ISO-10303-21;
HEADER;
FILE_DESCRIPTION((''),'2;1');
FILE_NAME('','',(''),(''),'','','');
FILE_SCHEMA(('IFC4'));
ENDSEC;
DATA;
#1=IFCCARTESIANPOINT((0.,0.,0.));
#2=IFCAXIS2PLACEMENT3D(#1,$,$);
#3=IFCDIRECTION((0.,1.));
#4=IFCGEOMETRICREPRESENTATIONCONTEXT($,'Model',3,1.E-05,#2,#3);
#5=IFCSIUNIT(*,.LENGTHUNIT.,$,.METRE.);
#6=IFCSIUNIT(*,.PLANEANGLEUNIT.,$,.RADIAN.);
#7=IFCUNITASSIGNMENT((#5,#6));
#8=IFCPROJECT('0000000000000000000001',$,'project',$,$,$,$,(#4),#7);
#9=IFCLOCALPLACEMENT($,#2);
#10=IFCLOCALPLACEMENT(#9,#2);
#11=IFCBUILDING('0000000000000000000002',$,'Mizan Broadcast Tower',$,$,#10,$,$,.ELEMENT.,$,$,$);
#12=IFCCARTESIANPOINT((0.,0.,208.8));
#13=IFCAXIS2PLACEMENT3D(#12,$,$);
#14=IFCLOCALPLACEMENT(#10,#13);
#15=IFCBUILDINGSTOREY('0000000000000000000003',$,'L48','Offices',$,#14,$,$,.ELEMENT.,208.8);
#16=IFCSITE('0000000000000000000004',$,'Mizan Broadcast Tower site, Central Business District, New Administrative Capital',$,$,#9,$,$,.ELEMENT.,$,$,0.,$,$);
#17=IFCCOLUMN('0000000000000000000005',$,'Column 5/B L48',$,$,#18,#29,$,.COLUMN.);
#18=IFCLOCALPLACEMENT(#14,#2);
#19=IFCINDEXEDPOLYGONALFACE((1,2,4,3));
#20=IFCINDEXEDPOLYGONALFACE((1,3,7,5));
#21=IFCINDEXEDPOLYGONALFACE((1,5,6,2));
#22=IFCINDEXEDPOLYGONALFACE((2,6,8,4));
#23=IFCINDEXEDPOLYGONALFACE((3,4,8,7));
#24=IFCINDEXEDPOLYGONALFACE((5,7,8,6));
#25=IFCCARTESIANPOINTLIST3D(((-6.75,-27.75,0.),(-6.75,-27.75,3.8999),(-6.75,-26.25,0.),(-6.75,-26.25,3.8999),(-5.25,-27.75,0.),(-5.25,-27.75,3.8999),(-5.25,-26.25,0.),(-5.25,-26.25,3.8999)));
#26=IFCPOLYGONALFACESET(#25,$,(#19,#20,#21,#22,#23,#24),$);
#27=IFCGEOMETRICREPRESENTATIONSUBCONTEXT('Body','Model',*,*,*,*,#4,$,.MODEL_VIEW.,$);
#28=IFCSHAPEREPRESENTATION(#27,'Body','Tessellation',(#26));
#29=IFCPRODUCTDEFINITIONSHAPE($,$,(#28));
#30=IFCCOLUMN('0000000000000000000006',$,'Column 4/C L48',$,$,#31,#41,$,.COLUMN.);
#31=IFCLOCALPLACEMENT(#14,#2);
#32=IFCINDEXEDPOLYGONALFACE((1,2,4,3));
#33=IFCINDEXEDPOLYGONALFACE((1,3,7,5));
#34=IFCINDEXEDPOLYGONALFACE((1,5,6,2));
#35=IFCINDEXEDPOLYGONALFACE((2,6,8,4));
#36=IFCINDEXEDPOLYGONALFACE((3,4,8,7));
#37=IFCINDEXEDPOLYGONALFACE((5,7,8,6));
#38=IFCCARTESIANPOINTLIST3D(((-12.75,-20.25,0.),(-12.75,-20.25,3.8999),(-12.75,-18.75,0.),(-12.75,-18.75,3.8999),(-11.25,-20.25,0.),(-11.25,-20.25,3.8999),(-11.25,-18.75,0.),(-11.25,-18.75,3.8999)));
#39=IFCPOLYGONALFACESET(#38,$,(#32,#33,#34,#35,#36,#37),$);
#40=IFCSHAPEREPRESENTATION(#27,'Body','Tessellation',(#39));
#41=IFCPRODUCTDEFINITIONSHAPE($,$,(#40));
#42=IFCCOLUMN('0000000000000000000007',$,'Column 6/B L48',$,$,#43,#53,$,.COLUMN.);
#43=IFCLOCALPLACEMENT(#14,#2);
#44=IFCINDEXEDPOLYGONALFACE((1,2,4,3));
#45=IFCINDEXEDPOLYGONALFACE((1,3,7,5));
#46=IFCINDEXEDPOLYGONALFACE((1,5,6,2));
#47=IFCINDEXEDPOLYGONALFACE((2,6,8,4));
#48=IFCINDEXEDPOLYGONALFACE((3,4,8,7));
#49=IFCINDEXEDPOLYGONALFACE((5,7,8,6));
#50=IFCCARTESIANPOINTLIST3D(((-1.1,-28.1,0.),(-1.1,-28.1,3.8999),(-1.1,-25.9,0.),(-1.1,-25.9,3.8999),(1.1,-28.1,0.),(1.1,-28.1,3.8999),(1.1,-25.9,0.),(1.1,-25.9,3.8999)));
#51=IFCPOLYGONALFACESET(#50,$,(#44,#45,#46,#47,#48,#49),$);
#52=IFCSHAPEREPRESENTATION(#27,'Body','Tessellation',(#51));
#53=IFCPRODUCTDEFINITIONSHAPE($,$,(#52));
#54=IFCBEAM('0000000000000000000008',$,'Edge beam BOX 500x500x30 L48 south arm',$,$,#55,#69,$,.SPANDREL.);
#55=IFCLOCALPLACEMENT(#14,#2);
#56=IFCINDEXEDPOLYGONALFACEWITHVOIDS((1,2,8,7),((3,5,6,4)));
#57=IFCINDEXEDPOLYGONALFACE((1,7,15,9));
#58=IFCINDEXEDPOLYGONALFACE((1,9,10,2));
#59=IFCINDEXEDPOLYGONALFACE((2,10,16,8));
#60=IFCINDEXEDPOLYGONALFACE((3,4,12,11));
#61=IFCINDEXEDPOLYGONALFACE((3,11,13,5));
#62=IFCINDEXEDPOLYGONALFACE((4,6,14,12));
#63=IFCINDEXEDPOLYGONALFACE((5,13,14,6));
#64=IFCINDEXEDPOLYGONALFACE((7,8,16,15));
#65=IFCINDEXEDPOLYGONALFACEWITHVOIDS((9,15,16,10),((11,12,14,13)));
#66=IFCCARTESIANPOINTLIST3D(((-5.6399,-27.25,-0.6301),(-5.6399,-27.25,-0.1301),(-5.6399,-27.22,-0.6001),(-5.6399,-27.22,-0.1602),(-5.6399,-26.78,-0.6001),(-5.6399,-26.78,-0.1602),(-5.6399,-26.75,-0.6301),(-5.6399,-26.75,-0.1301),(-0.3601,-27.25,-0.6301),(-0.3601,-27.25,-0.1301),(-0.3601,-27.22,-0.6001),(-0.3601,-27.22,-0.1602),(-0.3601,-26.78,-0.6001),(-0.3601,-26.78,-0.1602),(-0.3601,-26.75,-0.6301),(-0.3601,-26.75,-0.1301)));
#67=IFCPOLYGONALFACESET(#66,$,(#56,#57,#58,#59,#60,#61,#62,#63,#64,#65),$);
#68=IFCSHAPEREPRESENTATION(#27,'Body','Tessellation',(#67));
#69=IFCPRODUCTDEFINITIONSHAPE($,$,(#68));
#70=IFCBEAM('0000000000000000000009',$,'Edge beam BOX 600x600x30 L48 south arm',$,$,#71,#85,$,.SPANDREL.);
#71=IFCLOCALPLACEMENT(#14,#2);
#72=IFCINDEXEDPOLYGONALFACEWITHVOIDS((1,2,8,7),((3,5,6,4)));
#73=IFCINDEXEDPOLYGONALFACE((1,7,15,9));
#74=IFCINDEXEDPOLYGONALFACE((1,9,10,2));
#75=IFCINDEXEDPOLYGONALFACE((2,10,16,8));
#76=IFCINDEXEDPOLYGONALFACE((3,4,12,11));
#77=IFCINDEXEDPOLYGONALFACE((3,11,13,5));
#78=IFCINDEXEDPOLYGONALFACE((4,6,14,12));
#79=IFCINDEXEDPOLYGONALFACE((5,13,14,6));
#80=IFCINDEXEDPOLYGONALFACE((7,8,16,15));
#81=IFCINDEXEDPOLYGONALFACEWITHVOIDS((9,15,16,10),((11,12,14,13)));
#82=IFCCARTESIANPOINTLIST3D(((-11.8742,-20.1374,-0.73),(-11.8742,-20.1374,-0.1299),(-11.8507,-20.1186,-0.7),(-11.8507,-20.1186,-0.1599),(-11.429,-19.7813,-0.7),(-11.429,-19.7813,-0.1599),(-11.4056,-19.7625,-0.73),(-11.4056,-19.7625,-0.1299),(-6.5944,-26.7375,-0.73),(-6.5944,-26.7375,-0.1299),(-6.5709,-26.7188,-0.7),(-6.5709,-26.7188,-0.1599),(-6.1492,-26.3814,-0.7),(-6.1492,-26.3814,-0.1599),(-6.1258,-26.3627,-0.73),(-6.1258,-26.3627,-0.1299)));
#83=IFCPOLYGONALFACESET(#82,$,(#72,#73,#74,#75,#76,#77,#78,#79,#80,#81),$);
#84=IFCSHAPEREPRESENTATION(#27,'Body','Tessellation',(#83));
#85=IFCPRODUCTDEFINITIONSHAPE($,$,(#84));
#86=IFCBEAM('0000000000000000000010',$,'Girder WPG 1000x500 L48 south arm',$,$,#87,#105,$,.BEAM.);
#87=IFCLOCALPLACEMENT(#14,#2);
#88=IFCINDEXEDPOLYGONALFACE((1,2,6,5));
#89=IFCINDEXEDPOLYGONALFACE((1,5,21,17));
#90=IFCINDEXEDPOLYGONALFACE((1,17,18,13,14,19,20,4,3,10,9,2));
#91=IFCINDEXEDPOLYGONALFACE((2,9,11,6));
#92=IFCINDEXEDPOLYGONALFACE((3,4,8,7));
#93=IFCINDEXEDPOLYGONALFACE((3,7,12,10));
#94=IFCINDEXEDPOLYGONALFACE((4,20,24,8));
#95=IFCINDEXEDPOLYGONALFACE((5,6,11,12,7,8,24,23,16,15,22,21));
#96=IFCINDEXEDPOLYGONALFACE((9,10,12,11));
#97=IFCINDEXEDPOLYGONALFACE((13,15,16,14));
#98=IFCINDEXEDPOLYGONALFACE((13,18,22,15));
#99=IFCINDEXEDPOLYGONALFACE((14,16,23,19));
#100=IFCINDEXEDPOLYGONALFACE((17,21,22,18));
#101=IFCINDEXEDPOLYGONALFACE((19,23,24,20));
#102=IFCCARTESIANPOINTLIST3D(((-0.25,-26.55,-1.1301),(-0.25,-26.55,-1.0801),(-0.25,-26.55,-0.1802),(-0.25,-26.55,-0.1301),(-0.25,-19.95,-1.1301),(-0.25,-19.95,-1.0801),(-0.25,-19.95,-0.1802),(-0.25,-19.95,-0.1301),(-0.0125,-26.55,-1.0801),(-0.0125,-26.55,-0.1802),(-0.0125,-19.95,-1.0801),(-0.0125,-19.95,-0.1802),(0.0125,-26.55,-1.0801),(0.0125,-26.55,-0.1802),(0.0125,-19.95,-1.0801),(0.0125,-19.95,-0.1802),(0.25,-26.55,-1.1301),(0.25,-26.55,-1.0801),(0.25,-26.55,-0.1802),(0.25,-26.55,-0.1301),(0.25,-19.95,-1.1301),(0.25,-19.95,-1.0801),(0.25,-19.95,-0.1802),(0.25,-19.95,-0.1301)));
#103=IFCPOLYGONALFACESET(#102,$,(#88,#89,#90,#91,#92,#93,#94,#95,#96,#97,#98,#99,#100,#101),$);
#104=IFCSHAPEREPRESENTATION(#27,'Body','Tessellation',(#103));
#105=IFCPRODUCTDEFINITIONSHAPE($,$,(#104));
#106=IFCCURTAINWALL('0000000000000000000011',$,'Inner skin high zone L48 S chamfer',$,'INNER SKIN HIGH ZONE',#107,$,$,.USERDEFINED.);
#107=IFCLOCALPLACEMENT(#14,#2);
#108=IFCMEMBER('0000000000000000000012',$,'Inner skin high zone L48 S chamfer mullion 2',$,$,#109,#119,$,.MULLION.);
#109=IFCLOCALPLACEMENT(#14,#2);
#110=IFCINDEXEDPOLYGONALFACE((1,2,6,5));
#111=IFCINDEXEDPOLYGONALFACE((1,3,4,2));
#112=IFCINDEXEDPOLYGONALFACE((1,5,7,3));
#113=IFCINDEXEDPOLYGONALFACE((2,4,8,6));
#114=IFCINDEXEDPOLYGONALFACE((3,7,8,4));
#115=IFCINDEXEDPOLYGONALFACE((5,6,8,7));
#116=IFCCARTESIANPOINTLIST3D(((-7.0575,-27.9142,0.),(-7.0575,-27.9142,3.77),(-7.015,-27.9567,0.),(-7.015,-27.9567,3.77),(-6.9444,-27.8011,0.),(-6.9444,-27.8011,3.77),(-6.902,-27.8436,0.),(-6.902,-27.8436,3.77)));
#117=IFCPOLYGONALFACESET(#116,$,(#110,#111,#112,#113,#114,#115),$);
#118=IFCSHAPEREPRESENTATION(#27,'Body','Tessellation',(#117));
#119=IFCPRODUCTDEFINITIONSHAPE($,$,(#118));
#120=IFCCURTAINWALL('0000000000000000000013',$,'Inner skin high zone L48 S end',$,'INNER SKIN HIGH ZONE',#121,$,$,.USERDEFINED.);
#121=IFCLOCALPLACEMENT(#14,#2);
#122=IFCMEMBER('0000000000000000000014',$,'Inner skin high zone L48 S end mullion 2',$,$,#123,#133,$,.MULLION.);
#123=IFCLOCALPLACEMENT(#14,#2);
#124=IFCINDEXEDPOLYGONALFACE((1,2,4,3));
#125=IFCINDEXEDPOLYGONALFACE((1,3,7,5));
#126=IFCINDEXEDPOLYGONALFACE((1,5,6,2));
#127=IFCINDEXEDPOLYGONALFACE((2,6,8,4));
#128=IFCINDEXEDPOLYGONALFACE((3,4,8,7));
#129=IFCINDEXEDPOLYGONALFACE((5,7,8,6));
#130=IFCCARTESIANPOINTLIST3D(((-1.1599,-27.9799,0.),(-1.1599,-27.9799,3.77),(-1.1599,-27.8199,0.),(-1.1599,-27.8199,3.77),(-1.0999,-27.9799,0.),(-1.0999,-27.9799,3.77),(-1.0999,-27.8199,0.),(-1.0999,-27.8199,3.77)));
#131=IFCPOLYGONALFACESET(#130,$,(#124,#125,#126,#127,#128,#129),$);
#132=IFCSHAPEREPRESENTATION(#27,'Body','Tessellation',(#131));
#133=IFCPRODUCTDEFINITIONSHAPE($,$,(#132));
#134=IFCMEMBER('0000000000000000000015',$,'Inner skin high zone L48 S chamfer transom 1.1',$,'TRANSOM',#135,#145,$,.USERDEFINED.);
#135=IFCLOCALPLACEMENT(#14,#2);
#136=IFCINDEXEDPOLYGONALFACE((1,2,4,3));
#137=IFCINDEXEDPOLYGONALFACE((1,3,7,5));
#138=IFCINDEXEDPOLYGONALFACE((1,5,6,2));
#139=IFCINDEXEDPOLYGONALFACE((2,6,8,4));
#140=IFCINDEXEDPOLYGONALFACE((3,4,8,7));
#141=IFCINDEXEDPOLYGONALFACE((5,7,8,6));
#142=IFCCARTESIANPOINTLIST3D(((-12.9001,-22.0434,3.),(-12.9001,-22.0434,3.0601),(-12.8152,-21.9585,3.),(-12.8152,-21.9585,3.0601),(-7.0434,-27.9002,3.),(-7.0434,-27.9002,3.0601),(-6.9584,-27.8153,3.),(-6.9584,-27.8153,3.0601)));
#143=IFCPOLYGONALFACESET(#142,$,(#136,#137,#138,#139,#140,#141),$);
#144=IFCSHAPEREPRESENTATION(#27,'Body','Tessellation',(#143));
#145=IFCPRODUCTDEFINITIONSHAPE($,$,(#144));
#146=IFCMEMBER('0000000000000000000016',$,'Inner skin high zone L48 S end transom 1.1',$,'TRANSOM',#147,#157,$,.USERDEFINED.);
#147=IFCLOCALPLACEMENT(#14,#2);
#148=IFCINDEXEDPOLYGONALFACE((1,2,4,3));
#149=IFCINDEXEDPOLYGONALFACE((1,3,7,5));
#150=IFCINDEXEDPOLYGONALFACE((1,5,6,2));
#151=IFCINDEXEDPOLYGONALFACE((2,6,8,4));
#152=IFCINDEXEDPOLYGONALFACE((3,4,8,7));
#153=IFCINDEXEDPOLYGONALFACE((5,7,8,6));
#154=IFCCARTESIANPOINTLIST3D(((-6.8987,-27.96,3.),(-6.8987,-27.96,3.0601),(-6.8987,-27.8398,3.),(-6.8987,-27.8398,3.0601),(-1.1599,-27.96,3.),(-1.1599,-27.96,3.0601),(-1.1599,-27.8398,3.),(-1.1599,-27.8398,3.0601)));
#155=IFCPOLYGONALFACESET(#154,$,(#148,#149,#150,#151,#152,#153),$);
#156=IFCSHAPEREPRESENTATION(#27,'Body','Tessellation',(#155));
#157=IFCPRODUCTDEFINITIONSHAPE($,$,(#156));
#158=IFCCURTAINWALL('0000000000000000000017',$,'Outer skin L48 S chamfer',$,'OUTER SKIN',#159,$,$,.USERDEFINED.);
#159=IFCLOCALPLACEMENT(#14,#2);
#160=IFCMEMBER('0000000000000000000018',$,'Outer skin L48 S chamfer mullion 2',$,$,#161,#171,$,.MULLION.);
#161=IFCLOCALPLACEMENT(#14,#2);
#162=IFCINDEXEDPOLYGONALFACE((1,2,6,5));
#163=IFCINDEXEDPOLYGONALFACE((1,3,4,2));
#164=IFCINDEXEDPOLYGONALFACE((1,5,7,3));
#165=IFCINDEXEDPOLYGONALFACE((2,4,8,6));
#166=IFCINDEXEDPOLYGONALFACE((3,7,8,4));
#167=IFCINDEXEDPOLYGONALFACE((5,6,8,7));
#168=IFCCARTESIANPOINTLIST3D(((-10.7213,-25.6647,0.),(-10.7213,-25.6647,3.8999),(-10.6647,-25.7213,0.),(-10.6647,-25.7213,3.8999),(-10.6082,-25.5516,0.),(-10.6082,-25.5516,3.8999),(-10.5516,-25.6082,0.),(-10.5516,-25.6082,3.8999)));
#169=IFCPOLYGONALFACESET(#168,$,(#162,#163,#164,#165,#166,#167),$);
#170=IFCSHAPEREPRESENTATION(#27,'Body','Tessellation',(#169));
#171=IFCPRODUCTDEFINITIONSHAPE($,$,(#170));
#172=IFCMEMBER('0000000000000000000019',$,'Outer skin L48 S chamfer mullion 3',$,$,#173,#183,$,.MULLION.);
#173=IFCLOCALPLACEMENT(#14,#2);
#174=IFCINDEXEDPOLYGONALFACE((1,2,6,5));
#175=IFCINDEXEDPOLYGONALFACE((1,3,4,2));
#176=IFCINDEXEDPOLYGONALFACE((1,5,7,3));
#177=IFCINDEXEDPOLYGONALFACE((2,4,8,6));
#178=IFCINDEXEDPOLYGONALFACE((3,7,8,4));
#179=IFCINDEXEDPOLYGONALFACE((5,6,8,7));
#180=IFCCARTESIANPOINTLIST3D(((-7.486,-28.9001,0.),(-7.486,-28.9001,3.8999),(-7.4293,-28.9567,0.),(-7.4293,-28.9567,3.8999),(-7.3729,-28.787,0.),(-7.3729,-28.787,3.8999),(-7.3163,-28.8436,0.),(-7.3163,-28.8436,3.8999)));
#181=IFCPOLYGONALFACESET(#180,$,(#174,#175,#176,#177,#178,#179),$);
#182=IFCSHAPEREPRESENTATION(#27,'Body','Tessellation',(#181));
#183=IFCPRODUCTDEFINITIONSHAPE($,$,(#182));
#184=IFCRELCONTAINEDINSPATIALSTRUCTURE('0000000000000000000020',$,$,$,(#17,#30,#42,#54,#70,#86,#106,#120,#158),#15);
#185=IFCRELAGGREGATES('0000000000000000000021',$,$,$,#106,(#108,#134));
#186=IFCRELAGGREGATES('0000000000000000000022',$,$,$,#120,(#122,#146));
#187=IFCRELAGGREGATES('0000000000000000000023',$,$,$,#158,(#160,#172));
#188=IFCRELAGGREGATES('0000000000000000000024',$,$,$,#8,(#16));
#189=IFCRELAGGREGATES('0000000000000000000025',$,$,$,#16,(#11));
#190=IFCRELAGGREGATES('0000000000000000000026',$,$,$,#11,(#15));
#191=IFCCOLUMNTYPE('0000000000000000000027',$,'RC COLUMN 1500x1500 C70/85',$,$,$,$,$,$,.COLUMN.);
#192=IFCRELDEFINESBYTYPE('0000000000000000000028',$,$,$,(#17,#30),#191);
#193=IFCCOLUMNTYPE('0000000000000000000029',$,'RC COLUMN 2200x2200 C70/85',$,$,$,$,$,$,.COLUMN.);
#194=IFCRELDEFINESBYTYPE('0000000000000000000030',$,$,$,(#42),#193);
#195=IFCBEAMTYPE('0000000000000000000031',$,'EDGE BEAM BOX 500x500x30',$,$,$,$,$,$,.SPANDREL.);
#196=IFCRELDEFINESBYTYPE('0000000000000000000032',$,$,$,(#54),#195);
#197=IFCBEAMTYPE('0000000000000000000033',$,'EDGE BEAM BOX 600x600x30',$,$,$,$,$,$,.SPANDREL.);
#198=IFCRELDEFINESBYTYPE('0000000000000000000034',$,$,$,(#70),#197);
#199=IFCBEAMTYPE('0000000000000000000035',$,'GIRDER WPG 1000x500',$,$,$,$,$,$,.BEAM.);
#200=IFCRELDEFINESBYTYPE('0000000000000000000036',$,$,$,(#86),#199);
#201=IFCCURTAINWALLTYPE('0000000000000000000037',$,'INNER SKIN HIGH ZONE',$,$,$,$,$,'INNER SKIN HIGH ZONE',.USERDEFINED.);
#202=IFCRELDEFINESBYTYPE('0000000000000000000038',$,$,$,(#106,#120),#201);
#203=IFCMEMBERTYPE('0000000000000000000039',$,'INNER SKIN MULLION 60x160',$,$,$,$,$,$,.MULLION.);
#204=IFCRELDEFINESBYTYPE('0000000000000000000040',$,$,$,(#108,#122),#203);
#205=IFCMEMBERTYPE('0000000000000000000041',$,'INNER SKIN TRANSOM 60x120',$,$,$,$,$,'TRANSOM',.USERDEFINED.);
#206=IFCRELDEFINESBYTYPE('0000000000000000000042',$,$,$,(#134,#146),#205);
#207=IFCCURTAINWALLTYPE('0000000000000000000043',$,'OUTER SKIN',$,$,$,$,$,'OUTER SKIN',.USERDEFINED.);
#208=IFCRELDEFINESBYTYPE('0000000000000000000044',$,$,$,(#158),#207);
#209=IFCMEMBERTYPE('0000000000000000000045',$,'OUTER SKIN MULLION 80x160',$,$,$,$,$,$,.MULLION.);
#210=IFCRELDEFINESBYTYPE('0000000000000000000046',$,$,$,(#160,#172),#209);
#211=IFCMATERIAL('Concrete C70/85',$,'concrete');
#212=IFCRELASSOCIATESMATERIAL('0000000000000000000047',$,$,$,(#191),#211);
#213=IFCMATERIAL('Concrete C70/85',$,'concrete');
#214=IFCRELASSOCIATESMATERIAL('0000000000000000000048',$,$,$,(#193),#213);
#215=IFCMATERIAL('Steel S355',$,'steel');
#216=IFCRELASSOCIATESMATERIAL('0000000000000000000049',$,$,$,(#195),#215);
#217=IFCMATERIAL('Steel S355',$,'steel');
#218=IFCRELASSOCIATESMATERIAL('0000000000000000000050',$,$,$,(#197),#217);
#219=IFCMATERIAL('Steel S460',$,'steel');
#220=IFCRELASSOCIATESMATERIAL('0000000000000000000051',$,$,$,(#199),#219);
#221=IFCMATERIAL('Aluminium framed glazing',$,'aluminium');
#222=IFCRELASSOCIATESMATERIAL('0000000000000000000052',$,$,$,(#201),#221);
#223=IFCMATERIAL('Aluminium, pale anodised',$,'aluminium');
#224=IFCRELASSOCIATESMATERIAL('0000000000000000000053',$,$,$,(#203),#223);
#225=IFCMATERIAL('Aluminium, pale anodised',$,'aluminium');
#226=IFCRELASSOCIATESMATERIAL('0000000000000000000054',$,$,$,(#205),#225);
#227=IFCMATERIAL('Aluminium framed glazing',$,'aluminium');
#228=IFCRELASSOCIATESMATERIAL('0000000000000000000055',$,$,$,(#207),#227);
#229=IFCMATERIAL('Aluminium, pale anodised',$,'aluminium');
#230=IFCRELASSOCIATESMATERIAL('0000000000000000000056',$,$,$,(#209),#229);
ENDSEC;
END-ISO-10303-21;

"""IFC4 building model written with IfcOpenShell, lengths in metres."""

from ifc_helpers import new_model, si_unit, direction, frame, origin, origin_2d, place, context, subcontext, project, spatial, rectangle, hollow_rectangle, i_section, extrude, material, material_profile, profile_set, type_object, element, aggregate, save


model = new_model("IFC4")

# Units and contexts
model_context = context("Model", 3, precision=1e-05, world=origin(), true_north=direction((0.0, 1.0)))
body_context = subcontext(model_context, "Body", "Model", "MODEL_VIEW")
ifc_project = project(units=[si_unit("LENGTHUNIT", "METRE"), si_unit("PLANEANGLEUNIT", "RADIAN")], contexts=[model_context])

# Site, building, storey
site_placement = place(None, origin())
site = spatial("IfcSite", under=ifc_project, at=site_placement, Name="Mizan Broadcast Tower site, Central Business District, New Administrative Capital", CompositionType="ELEMENT", RefElevation=0.0)
building_placement = place(site_placement, origin())
building = spatial("IfcBuilding", under=site, at=building_placement, Name="Mizan Broadcast Tower", CompositionType="ELEMENT")
storey_placement = place(building_placement, frame((0.0, 0.0, 208.8)))
storey = spatial("IfcBuildingStorey", under=building, at=storey_placement, Name="L48", Description="Offices", CompositionType="ELEMENT", Elevation=208.8)

# Columns
ifc_material_1 = material(Name="Concrete C70/85", Category="concrete")
ifc_material_profile_1 = material_profile(ifc_material_1, rectangle(XDim=1.5, YDim=1.5, at=origin_2d()), Name="RC 1500x1500")
ifc_profile_set_1 = profile_set([ifc_material_profile_1], Name="Concrete C70/85")
column_type_1 = type_object("IfcColumnType", Name="RC COLUMN 1500x1500 C70/85", PredefinedType="COLUMN", material=ifc_profile_set_1)
for number, where, z_axis, x_axis, name in (
    (1, (-6.0, -27.0, 0.0), (0.0, 0.0, 1.0), (1.0, 0.0, 0.0), "Column 5/B L48"),
    (2, (-12.0, -19.5, 0.0), (0.0, 0.0, 1.0), (1.0, 0.0, 0.0), "Column 4/C L48"),
):
    element("IfcColumn", number, at=place(storey_placement, frame(where, z_axis=z_axis, x_axis=x_axis)), inside=storey, type_object=column_type_1, Name=name, PredefinedType="COLUMN", context=body_context, shape_type="SweptSolid", body=[
        extrude(rectangle(XDim=1.5, YDim=1.5, at=origin_2d()), origin(), (0.0, 0.0, 1.0), 3.8999),
    ])
ifc_material_2 = material(Name="Concrete C70/85", Category="concrete")
ifc_material_profile_2 = material_profile(ifc_material_2, rectangle(XDim=2.2, YDim=2.2, at=origin_2d()), Name="RC 2200x2200")
ifc_profile_set_2 = profile_set([ifc_material_profile_2], Name="Concrete C70/85")
column_type_2 = type_object("IfcColumnType", Name="RC COLUMN 2200x2200 C70/85", PredefinedType="COLUMN", material=ifc_profile_set_2)
column_placement = place(storey_placement, frame((0.0, -27.0, 0.0), z_axis=(0.0, 0.0, 1.0), x_axis=(1.0, 0.0, 0.0)))
element("IfcColumn", 3, at=column_placement, inside=storey, type_object=column_type_2, Name="Column 6/B L48", PredefinedType="COLUMN", context=body_context, shape_type="SweptSolid", body=[
    extrude(rectangle(XDim=2.2, YDim=2.2, at=origin_2d()), origin(), (0.0, 0.0, 1.0), 3.8999),
])

# Beams
ifc_material_3 = material(Name="Steel S355", Category="steel")
ifc_material_profile_3 = material_profile(ifc_material_3, hollow_rectangle(XDim=0.5, YDim=0.5, WallThickness=0.03, at=origin_2d()), Name="BOX 500x500x30")
ifc_profile_set_3 = profile_set([ifc_material_profile_3], Name="Steel S355")
beam_type_1 = type_object("IfcBeamType", Name="EDGE BEAM BOX 500x500x30", PredefinedType="SPANDREL", material=ifc_profile_set_3)
beam_1_placement = place(storey_placement, frame((-5.6399, -27.0, -0.3801), z_axis=(1.0, 0.0, 0.0), x_axis=(0.0, 1.0, 0.0)))
element("IfcBeam", 4, at=beam_1_placement, inside=storey, type_object=beam_type_1, Name="Edge beam BOX 500x500x30 L48 south arm", PredefinedType="SPANDREL", context=body_context, shape_type="SweptSolid", body=[
    extrude(hollow_rectangle(XDim=0.5, YDim=0.5, WallThickness=0.03, at=origin_2d()), origin(), (0.0, 0.0, 1.0), 5.2798),
])
ifc_material_4 = material(Name="Steel S355", Category="steel")
ifc_material_profile_4 = material_profile(ifc_material_4, hollow_rectangle(XDim=0.6001, YDim=0.6001, WallThickness=0.03, at=origin_2d()), Name="BOX 600x600x30")
ifc_profile_set_4 = profile_set([ifc_material_profile_4], Name="Steel S355")
beam_type_2 = type_object("IfcBeamType", Name="EDGE BEAM BOX 600x600x30", PredefinedType="SPANDREL", material=ifc_profile_set_4)
beam_2_placement = place(storey_placement, frame((-11.6399, -19.95, -0.4299), z_axis=(0.624674, -0.780886, 0.0), x_axis=(0.780886, 0.624674, 0.0)))
element("IfcBeam", 5, at=beam_2_placement, inside=storey, type_object=beam_type_2, Name="Edge beam BOX 600x600x30 L48 south arm", PredefinedType="SPANDREL", context=body_context, shape_type="SweptSolid", body=[
    extrude(hollow_rectangle(XDim=0.6001, YDim=0.6001, WallThickness=0.03, at=origin_2d()), origin(), (0.0, 0.0, 1.0), 8.4521),
])
ifc_material_5 = material(Name="Steel S460", Category="steel")
ifc_material_profile_5 = material_profile(ifc_material_5, i_section(OverallWidth=0.5, OverallDepth=1.0, WebThickness=0.0249, FlangeThickness=0.05, at=origin_2d()), Name="WPG 1000x500")
ifc_profile_set_5 = profile_set([ifc_material_profile_5], Name="Steel S460")
beam_type_3 = type_object("IfcBeamType", Name="GIRDER WPG 1000x500", PredefinedType="BEAM", material=ifc_profile_set_5)
beam_3_placement = place(storey_placement, frame((0.0, -19.95, -0.6301), z_axis=(0.0, -1.0, 0.0), x_axis=(1.0, 0.0, 0.0)))
element("IfcBeam", 6, at=beam_3_placement, inside=storey, type_object=beam_type_3, Name="Girder WPG 1000x500 L48 south arm", PredefinedType="BEAM", context=body_context, shape_type="SweptSolid", body=[
    extrude(i_section(OverallWidth=0.5, OverallDepth=1.0, WebThickness=0.0249, FlangeThickness=0.05, at=origin_2d()), origin(), (0.0, 0.0, 1.0), 6.6001),
])

# Curtain walls, members
ifc_material_6 = material(Name="Aluminium framed glazing", Category="aluminium")
curtain_wall_type_1 = type_object("IfcCurtainWallType", Name="INNER SKIN HIGH ZONE", ElementType="INNER SKIN HIGH ZONE", PredefinedType="USERDEFINED", material=ifc_material_6)
curtain_wall_1_placement = place(storey_placement, origin())
curtain_wall_1 = element("IfcCurtainWall", 7, at=curtain_wall_1_placement, inside=storey, type_object=curtain_wall_type_1, Name="Inner skin high zone L48 S chamfer", ObjectType="INNER SKIN HIGH ZONE", PredefinedType="USERDEFINED")
ifc_material_7 = material(Name="Aluminium, pale anodised", Category="aluminium")
ifc_material_profile_6 = material_profile(ifc_material_7, rectangle(XDim=0.1599, YDim=0.0601, at=origin_2d()), Name="MULLION 160x60")
ifc_profile_set_6 = profile_set([ifc_material_profile_6], Name="Aluminium, pale anodised")
member_type_1 = type_object("IfcMemberType", Name="INNER SKIN MULLION 60x160", PredefinedType="MULLION", material=ifc_profile_set_6)
member_1_placement = place(storey_placement, frame((-6.9797, -27.8789, 0.0), z_axis=(0.0, 0.0, 1.0), x_axis=(0.707107, 0.707107, 0.0)))
member_1 = element("IfcMember", 8, at=member_1_placement, type_object=member_type_1, Name="Inner skin high zone L48 S chamfer mullion 2", PredefinedType="MULLION", context=body_context, shape_type="SweptSolid", body=[
    extrude(rectangle(XDim=0.1599, YDim=0.0601, at=origin_2d()), origin(), (0.0, 0.0, 1.0), 3.77),
])
curtain_wall_2_placement = place(storey_placement, origin())
curtain_wall_2 = element("IfcCurtainWall", 9, at=curtain_wall_2_placement, inside=storey, type_object=curtain_wall_type_1, Name="Inner skin high zone L48 S end", ObjectType="INNER SKIN HIGH ZONE", PredefinedType="USERDEFINED")
member_2_placement = place(storey_placement, frame((-1.1299, -27.8999, 0.0), z_axis=(0.0, 0.0, 1.0), x_axis=(0.0, 1.0, 0.0)))
member_2 = element("IfcMember", 10, at=member_2_placement, type_object=member_type_1, Name="Inner skin high zone L48 S end mullion 2", PredefinedType="MULLION", context=body_context, shape_type="SweptSolid", body=[
    extrude(rectangle(XDim=0.1599, YDim=0.0601, at=origin_2d()), origin(), (0.0, 0.0, 1.0), 3.77),
])

# Members
ifc_material_8 = material(Name="Aluminium, pale anodised", Category="aluminium")
ifc_material_profile_7 = material_profile(ifc_material_8, rectangle(XDim=0.1201, YDim=0.0601, at=origin_2d()), Name="TRANSOM 120x60")
ifc_profile_set_7 = profile_set([ifc_material_profile_7], Name="Aluminium, pale anodised")
member_type_2 = type_object("IfcMemberType", Name="INNER SKIN TRANSOM 60x120", ElementType="TRANSOM", PredefinedType="USERDEFINED", material=ifc_profile_set_7)
member_3_placement = place(storey_placement, frame((-12.8577, -22.001, 3.03), z_axis=(0.707107, -0.707107, 0.0), x_axis=(0.707107, 0.707107, 0.0)))
member_3 = element("IfcMember", 11, at=member_3_placement, type_object=member_type_2, Name="Inner skin high zone L48 S chamfer transom 1.1", ObjectType="TRANSOM", PredefinedType="USERDEFINED", context=body_context, shape_type="SweptSolid", body=[
    extrude(rectangle(XDim=0.1201, YDim=0.0601, at=origin_2d()), origin(), (0.0, 0.0, 1.0), 8.2827),
])
member_4_placement = place(storey_placement, frame((-6.8987, -27.8999, 3.03), z_axis=(1.0, 0.0, 0.0), x_axis=(0.0, 1.0, 0.0)))
member_4 = element("IfcMember", 12, at=member_4_placement, type_object=member_type_2, Name="Inner skin high zone L48 S end transom 1.1", ObjectType="TRANSOM", PredefinedType="USERDEFINED", context=body_context, shape_type="SweptSolid", body=[
    extrude(rectangle(XDim=0.1201, YDim=0.0601, at=origin_2d()), origin(), (0.0, 0.0, 1.0), 5.7388),
])

# Curtain wall, members
ifc_material_9 = material(Name="Aluminium framed glazing", Category="aluminium")
curtain_wall_type_2 = type_object("IfcCurtainWallType", Name="OUTER SKIN", ElementType="OUTER SKIN", PredefinedType="USERDEFINED", material=ifc_material_9)
curtain_wall_3_placement = place(storey_placement, origin())
curtain_wall_3 = element("IfcCurtainWall", 13, at=curtain_wall_3_placement, inside=storey, type_object=curtain_wall_type_2, Name="Outer skin L48 S chamfer", ObjectType="OUTER SKIN", PredefinedType="USERDEFINED")
ifc_material_10 = material(Name="Aluminium, pale anodised", Category="aluminium")
ifc_material_profile_8 = material_profile(ifc_material_10, rectangle(XDim=0.1599, YDim=0.0801, at=origin_2d()), Name="MULLION 160x80")
ifc_profile_set_8 = profile_set([ifc_material_profile_8], Name="Aluminium, pale anodised")
member_type_3 = type_object("IfcMemberType", Name="OUTER SKIN MULLION 80x160", PredefinedType="MULLION", material=ifc_profile_set_8)
member_5_placement = place(storey_placement, frame((-10.6365, -25.6365, 0.0), z_axis=(0.0, 0.0, 1.0), x_axis=(0.707107, 0.707107, 0.0)))
member_5 = element("IfcMember", 14, at=member_5_placement, type_object=member_type_3, Name="Outer skin L48 S chamfer mullion 2", PredefinedType="MULLION", context=body_context, shape_type="SweptSolid", body=[
    extrude(rectangle(XDim=0.1599, YDim=0.0801, at=origin_2d()), origin(), (0.0, 0.0, 1.0), 3.8999),
])
member_6_placement = place(storey_placement, frame((-7.4011, -28.8718, 0.0), z_axis=(0.0, 0.0, 1.0), x_axis=(0.707107, 0.707107, 0.0)))
member_6 = element("IfcMember", 15, at=member_6_placement, type_object=member_type_3, Name="Outer skin L48 S chamfer mullion 3", PredefinedType="MULLION", context=body_context, shape_type="SweptSolid", body=[
    extrude(rectangle(XDim=0.1599, YDim=0.0801, at=origin_2d()), origin(), (0.0, 0.0, 1.0), 3.8999),
])

aggregate(curtain_wall_1, [member_1, member_3])
aggregate(curtain_wall_2, [member_2, member_4])
aggregate(curtain_wall_3, [member_5, member_6])

save(model, "model.ifc")
